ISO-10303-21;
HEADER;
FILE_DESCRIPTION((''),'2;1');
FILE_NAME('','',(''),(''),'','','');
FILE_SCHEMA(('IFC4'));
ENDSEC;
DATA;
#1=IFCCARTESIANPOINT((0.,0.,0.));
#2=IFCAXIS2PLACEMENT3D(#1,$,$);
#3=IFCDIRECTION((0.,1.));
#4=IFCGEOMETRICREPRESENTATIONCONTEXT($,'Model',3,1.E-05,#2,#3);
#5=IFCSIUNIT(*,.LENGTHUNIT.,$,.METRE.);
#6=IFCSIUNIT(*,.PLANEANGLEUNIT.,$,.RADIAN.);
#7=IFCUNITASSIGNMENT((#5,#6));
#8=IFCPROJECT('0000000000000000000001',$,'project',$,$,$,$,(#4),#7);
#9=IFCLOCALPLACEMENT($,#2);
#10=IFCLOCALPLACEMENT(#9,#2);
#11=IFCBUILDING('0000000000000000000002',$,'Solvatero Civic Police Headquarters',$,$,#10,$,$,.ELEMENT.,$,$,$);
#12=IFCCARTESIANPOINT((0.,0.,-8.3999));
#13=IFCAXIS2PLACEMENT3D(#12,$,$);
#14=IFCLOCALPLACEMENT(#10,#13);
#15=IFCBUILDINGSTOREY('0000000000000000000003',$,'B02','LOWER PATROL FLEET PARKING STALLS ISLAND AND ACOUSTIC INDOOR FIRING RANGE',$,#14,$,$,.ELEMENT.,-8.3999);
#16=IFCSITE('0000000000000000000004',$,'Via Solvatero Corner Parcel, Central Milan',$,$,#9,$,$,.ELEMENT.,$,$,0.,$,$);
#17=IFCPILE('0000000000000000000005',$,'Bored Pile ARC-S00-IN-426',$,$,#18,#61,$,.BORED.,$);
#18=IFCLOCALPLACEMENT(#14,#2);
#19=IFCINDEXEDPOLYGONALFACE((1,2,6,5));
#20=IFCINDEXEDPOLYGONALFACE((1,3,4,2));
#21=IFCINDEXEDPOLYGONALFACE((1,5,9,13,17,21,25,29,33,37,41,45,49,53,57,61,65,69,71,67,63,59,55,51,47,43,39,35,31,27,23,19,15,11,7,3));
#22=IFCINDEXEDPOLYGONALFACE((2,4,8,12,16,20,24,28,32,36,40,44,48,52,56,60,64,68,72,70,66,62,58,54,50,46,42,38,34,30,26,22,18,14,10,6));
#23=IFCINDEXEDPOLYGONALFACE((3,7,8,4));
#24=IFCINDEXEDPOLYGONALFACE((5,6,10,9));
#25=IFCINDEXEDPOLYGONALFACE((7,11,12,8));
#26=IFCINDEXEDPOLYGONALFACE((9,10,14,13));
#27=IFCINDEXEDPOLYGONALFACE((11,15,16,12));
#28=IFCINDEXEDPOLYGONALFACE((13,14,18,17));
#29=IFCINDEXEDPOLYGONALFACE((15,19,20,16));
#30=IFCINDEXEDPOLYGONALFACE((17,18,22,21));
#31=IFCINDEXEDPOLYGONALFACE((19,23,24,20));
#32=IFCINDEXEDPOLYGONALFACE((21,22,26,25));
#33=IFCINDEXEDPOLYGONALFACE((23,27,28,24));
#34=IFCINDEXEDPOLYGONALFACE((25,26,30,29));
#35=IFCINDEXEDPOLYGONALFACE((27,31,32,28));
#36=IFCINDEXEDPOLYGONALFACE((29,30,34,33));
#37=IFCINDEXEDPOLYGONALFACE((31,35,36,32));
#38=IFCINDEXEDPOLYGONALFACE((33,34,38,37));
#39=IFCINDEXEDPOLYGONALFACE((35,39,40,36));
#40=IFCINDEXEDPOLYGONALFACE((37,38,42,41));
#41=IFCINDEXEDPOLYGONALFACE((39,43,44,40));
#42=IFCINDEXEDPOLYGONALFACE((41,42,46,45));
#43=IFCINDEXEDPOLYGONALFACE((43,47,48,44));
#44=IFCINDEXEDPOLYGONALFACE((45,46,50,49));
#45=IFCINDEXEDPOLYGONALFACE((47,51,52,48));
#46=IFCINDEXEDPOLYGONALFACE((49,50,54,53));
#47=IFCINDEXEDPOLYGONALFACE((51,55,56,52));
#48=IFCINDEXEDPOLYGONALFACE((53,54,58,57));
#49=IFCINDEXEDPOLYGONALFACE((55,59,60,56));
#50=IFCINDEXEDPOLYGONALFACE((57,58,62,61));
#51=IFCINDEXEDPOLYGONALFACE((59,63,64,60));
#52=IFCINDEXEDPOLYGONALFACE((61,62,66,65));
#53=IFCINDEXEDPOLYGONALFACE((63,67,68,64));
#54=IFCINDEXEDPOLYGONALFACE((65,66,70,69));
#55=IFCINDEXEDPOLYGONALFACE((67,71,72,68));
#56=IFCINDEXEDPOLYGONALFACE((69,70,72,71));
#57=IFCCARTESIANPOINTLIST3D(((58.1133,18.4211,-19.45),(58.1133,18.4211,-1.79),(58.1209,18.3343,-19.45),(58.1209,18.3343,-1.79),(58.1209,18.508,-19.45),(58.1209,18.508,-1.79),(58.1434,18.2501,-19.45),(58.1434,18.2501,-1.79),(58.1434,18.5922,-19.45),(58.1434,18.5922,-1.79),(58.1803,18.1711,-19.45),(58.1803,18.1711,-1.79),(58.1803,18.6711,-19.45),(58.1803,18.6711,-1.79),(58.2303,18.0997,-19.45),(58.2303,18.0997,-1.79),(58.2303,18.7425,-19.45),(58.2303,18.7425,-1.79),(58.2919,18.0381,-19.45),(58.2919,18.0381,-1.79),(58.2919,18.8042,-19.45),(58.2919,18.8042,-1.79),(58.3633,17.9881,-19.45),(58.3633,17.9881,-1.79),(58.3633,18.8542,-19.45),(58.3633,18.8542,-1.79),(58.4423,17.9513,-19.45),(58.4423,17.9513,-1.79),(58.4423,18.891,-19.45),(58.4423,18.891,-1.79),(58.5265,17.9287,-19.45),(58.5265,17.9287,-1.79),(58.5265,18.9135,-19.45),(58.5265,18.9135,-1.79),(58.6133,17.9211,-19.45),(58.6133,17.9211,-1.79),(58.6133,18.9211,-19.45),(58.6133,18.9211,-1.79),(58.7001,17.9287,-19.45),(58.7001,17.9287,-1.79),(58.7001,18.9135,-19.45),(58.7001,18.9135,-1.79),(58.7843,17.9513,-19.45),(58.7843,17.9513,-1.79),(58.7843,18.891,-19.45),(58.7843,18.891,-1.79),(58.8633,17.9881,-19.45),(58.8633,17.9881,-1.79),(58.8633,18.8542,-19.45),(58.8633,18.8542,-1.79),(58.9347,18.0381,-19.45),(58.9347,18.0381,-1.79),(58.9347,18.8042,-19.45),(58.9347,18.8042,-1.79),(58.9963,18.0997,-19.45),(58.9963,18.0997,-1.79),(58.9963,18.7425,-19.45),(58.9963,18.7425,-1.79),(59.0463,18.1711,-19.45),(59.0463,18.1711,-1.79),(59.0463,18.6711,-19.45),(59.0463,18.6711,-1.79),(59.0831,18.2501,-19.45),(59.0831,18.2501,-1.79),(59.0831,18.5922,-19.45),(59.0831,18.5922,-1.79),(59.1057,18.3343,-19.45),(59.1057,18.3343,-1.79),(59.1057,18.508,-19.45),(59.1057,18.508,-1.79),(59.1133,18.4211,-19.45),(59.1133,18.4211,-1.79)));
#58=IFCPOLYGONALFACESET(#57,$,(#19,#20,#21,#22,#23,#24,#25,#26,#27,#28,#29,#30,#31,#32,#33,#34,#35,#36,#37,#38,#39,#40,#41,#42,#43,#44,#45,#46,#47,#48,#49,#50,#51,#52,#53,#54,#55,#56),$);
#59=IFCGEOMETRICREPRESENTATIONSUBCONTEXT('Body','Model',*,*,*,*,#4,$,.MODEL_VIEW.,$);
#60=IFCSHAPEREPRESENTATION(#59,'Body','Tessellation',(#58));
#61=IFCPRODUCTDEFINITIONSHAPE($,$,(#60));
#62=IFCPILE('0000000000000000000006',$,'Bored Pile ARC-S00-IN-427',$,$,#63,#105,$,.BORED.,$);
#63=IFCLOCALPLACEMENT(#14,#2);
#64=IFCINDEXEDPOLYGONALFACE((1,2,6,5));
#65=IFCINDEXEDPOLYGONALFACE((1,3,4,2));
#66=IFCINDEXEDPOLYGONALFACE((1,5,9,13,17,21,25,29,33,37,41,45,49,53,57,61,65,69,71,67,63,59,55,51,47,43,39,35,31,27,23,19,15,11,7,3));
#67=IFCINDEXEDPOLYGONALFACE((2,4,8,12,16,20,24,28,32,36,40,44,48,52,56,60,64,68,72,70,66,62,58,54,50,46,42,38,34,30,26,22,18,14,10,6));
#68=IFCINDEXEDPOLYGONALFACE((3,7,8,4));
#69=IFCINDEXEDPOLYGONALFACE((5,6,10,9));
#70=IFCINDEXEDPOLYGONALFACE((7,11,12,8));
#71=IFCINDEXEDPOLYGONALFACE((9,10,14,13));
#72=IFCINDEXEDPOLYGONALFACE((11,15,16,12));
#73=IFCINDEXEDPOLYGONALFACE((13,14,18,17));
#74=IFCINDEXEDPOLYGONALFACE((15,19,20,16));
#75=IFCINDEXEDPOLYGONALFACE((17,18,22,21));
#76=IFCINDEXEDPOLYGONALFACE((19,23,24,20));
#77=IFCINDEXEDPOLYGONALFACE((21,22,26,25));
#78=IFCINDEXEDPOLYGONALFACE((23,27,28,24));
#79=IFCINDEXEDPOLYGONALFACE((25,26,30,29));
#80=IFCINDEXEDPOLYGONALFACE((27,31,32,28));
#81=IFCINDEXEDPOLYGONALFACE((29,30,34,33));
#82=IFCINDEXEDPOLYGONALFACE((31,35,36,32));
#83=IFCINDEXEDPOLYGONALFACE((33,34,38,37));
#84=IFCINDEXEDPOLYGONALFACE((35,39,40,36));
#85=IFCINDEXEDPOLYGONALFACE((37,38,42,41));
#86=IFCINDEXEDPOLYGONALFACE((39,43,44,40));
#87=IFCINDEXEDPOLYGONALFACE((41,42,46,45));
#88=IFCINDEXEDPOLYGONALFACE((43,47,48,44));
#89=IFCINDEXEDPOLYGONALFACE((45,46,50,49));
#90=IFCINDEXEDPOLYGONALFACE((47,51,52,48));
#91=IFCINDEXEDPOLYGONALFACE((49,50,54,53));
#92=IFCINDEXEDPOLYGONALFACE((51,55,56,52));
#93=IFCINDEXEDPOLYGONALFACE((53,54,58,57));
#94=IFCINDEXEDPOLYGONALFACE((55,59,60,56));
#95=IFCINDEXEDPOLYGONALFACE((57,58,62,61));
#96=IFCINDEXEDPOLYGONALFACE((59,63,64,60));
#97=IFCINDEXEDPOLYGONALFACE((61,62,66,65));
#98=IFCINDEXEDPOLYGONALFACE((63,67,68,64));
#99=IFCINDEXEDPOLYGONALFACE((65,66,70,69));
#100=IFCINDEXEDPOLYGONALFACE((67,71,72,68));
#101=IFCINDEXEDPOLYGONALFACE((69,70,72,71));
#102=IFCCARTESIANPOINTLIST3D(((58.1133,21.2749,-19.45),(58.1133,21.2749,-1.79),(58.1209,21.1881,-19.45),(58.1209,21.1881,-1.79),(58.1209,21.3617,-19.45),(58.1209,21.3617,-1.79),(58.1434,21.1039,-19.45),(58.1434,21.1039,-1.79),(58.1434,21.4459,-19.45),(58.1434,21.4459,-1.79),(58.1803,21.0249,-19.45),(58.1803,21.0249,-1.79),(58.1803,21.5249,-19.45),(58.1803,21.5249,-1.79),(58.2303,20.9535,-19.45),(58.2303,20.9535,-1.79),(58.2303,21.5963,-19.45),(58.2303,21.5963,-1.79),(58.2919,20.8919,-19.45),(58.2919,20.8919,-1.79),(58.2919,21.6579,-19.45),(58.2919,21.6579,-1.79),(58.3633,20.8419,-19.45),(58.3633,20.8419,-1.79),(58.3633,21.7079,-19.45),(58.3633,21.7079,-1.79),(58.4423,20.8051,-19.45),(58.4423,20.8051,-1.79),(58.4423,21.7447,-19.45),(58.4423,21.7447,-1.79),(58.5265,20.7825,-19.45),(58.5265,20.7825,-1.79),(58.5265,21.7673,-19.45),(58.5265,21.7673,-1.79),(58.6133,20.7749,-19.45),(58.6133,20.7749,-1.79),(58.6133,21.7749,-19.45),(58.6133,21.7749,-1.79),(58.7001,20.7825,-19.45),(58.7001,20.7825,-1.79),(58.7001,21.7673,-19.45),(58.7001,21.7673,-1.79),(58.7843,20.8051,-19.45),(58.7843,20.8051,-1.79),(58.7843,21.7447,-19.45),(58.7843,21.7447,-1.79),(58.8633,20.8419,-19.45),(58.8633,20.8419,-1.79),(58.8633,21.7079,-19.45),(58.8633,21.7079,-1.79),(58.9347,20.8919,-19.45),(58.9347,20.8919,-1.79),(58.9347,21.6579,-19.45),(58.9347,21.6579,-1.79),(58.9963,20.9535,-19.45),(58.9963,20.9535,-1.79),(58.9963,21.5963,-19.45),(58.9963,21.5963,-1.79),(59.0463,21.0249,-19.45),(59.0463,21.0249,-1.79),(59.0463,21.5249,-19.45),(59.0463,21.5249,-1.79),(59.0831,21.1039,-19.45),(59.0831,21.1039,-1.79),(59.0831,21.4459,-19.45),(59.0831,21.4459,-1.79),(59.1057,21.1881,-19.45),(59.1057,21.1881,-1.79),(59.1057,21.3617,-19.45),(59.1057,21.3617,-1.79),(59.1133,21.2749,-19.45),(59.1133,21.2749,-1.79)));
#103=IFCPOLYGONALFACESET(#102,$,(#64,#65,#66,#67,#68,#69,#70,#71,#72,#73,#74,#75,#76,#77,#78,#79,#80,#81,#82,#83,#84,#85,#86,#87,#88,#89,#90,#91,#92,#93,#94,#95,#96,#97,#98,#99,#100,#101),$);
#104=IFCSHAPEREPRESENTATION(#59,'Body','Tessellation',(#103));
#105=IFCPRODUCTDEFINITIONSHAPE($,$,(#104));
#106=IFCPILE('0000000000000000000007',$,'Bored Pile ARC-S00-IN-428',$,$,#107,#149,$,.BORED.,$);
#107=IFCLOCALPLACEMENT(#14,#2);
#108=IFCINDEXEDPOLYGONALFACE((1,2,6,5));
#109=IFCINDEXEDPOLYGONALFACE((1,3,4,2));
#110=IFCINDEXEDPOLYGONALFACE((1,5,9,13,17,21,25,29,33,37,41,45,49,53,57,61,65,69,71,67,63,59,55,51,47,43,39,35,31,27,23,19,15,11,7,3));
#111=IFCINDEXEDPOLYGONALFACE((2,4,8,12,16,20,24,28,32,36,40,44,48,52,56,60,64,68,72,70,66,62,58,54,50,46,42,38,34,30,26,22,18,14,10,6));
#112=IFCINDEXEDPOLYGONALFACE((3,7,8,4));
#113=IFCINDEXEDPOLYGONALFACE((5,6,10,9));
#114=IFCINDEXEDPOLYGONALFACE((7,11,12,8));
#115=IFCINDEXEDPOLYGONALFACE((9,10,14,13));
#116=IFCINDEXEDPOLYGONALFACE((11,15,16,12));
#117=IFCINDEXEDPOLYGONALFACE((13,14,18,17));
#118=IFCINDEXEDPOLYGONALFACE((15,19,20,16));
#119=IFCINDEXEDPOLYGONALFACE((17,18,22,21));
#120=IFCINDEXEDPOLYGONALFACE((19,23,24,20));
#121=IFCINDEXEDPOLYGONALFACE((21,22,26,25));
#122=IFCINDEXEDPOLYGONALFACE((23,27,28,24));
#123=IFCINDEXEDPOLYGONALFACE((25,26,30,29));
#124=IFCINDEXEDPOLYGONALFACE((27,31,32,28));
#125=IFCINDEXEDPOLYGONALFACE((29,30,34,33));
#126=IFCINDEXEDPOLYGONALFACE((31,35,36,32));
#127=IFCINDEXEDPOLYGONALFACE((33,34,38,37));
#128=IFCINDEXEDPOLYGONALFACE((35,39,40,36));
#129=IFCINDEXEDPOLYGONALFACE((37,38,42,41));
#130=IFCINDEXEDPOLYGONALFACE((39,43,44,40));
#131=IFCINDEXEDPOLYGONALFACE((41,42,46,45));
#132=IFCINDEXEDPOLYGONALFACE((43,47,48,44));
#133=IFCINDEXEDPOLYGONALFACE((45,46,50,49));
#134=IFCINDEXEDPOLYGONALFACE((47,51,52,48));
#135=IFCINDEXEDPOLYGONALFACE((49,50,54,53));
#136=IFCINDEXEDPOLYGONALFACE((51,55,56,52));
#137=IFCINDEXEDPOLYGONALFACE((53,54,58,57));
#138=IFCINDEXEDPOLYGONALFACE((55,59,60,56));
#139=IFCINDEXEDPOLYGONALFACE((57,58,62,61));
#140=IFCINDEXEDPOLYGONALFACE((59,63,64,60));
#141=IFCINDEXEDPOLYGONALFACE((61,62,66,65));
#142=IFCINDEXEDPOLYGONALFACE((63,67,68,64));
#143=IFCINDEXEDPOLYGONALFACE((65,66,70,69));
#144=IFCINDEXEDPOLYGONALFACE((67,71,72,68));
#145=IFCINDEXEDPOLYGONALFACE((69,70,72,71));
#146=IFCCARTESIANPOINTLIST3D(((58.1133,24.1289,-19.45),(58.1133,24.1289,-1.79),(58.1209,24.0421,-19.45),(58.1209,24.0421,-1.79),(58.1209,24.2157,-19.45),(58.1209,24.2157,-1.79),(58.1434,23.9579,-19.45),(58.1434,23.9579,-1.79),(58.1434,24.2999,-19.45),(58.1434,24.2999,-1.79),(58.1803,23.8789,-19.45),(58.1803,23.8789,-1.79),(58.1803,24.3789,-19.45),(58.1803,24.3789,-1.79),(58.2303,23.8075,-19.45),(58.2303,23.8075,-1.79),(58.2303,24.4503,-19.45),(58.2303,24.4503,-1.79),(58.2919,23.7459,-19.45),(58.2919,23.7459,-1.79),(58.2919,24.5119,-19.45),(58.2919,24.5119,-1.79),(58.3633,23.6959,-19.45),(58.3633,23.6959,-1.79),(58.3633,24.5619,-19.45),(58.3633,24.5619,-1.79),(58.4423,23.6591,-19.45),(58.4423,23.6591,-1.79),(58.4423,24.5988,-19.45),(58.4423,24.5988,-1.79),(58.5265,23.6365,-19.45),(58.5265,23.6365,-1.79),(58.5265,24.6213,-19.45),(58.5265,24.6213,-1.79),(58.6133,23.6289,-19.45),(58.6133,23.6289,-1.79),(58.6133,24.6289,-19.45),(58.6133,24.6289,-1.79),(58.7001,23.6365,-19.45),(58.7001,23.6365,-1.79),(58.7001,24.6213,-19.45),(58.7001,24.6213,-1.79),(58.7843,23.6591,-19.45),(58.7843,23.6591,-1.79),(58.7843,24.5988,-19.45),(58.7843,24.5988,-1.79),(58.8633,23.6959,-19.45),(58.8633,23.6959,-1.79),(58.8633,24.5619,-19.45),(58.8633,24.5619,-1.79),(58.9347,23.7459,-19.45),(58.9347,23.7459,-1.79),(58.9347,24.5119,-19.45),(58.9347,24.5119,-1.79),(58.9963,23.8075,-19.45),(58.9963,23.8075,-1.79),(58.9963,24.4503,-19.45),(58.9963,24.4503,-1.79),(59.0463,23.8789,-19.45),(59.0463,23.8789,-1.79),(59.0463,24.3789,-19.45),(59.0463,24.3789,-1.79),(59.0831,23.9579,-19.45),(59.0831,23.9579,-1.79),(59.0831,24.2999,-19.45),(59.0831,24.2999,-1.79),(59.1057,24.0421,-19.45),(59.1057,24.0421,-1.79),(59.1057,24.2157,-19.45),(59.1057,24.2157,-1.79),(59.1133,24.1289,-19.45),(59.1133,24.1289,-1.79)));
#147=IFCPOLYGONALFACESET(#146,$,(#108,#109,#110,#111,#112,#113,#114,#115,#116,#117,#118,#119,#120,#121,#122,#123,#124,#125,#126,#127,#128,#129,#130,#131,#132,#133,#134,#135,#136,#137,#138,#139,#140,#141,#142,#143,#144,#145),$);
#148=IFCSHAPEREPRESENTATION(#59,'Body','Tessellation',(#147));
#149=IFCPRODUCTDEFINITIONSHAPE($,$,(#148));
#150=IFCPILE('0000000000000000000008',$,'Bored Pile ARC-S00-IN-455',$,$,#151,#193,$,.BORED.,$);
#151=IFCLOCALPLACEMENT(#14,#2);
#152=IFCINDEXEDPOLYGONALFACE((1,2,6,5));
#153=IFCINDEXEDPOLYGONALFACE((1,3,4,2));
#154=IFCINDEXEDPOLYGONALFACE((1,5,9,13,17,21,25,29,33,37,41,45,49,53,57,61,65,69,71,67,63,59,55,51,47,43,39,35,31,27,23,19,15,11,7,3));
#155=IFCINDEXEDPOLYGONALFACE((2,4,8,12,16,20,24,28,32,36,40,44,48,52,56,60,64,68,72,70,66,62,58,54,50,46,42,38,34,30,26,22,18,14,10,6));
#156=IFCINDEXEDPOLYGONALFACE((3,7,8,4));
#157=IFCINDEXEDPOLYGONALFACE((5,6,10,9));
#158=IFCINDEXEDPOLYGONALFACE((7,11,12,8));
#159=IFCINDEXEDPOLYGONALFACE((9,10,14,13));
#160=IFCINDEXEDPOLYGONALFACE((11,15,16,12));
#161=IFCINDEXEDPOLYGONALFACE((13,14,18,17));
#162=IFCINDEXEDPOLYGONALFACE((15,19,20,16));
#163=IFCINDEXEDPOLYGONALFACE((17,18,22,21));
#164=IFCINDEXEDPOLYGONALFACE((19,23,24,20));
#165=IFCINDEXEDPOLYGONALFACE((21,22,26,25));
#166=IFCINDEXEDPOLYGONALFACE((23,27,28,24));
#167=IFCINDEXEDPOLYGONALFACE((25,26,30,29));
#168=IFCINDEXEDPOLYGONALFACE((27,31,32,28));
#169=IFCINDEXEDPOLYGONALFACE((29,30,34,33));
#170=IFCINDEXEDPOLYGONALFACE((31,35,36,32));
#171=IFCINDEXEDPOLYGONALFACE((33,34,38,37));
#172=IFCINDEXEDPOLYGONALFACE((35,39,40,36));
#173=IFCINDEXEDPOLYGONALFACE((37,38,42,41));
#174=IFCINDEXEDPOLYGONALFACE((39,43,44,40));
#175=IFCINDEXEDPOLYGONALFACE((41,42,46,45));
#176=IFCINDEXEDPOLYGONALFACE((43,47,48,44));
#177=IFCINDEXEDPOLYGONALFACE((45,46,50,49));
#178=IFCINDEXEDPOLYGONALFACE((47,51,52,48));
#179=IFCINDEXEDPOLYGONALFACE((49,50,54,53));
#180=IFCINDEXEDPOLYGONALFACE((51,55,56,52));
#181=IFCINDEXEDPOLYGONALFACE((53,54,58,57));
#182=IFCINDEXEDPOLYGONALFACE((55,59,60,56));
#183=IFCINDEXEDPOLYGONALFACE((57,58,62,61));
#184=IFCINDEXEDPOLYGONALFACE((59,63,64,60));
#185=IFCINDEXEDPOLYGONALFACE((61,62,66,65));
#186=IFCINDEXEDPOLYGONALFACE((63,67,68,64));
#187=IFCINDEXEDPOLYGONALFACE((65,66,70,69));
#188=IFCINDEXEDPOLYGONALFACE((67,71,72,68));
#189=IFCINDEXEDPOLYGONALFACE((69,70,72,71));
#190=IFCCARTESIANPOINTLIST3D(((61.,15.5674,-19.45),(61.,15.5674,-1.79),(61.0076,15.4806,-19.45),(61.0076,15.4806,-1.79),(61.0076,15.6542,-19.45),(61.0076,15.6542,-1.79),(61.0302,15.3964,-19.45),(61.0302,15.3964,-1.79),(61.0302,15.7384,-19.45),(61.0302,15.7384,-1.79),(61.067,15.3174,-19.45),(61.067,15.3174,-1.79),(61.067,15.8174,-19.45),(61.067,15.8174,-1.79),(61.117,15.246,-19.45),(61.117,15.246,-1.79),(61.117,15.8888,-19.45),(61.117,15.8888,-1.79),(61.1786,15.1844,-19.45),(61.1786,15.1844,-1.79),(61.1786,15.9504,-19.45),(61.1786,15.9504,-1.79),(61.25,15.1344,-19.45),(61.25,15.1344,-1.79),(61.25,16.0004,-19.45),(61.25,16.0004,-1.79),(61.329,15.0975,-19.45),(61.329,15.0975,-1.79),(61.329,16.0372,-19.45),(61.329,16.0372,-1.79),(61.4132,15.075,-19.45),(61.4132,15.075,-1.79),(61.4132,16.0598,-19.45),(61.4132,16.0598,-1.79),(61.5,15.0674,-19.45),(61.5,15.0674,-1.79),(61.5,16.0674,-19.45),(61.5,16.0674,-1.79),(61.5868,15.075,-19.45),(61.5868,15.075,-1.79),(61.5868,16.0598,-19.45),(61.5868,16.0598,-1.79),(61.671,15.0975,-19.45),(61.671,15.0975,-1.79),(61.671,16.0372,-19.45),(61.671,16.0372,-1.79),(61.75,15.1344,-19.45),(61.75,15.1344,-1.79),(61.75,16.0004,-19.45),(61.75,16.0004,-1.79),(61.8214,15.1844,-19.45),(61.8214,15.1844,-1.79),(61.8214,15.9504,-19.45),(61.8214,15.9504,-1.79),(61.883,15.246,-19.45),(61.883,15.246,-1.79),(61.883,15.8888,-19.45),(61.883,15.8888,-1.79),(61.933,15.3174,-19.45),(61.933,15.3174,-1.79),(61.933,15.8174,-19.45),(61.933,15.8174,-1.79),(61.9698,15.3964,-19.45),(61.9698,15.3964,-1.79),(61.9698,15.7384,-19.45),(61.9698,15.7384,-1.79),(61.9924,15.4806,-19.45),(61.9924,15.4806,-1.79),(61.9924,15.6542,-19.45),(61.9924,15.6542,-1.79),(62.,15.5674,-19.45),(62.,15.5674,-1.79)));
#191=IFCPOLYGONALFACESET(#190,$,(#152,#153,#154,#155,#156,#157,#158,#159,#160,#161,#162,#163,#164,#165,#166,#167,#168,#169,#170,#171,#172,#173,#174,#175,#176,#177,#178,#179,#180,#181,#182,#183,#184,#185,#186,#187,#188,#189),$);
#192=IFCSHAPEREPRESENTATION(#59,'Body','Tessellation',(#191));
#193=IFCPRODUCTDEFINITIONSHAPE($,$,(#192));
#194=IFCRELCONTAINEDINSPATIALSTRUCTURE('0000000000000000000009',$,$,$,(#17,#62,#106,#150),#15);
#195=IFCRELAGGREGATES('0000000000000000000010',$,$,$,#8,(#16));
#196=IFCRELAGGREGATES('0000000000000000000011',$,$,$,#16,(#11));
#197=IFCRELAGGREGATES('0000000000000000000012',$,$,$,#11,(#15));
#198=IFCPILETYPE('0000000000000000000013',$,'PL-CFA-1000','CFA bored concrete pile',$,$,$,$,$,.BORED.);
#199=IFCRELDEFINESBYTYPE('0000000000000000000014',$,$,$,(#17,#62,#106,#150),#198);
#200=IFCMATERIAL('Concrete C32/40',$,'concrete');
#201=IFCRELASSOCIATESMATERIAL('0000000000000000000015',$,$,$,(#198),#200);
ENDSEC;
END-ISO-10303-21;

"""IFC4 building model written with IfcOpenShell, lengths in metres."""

from ifc_helpers import new_model, si_unit, direction, frame, origin, origin_2d, place, context, subcontext, project, spatial, circle, extrude, material, material_profile, profile_set, type_object, element, save


model = new_model("IFC4")

# Units and contexts
model_context = context("Model", 3, precision=1e-05, world=origin(), true_north=direction((0.0, 1.0)))
body_context = subcontext(model_context, "Body", "Model", "MODEL_VIEW")
ifc_project = project(units=[si_unit("LENGTHUNIT", "METRE"), si_unit("PLANEANGLEUNIT", "RADIAN")], contexts=[model_context])

# Site, building, storey
site_placement = place(None, origin())
site = spatial("IfcSite", under=ifc_project, at=site_placement, Name="Via Solvatero Corner Parcel, Central Milan", CompositionType="ELEMENT", RefElevation=0.0)
building_placement = place(site_placement, origin())
building = spatial("IfcBuilding", under=site, at=building_placement, Name="Solvatero Civic Police Headquarters", CompositionType="ELEMENT")
storey_placement = place(building_placement, frame((0.0, 0.0, -8.3999)))
storey = spatial("IfcBuildingStorey", under=building, at=storey_placement, Name="B02", Description="LOWER PATROL FLEET PARKING STALLS ISLAND AND ACOUSTIC INDOOR FIRING RANGE", CompositionType="ELEMENT", Elevation=-8.3999)

# Piles
ifc_material_1 = material(Name="Concrete C32/40", Category="concrete")
ifc_material_profile_1 = material_profile(ifc_material_1, circle(Radius=0.5, at=origin_2d()), Name="CFA PILE D1000")
ifc_profile_set_1 = profile_set([ifc_material_profile_1], Name="Concrete C32/40")
pile_type = type_object("IfcPileType", Name="PL-CFA-1000", Description="CFA bored concrete pile", PredefinedType="BORED", material=ifc_profile_set_1)
for number, where, z_axis, x_axis, name in (
    (1, (58.6133, 18.4211, -1.79), (0.0, 0.0, -1.0), (1.0, 0.0, 0.0), "Bored Pile ARC-S00-IN-426"),
    (2, (58.6133, 21.2749, -1.79), (0.0, 0.0, -1.0), (1.0, 0.0, 0.0), "Bored Pile ARC-S00-IN-427"),
    (3, (58.6133, 24.1289, -1.79), (0.0, 0.0, -1.0), (1.0, 0.0, 0.0), "Bored Pile ARC-S00-IN-428"),
    (4, (61.5, 15.5674, -1.79), (0.0, 0.0, -1.0), (1.0, 0.0, 0.0), "Bored Pile ARC-S00-IN-455"),
):
    element("IfcPile", number, at=place(storey_placement, frame(where, z_axis=z_axis, x_axis=x_axis)), inside=storey, type_object=pile_type, Name=name, PredefinedType="BORED", context=body_context, shape_type="SweptSolid", body=[
        extrude(circle(Radius=0.5, at=origin_2d()), origin(), (0.0, 0.0, 1.0), 17.6599),
    ])

save(model, "model.ifc")
